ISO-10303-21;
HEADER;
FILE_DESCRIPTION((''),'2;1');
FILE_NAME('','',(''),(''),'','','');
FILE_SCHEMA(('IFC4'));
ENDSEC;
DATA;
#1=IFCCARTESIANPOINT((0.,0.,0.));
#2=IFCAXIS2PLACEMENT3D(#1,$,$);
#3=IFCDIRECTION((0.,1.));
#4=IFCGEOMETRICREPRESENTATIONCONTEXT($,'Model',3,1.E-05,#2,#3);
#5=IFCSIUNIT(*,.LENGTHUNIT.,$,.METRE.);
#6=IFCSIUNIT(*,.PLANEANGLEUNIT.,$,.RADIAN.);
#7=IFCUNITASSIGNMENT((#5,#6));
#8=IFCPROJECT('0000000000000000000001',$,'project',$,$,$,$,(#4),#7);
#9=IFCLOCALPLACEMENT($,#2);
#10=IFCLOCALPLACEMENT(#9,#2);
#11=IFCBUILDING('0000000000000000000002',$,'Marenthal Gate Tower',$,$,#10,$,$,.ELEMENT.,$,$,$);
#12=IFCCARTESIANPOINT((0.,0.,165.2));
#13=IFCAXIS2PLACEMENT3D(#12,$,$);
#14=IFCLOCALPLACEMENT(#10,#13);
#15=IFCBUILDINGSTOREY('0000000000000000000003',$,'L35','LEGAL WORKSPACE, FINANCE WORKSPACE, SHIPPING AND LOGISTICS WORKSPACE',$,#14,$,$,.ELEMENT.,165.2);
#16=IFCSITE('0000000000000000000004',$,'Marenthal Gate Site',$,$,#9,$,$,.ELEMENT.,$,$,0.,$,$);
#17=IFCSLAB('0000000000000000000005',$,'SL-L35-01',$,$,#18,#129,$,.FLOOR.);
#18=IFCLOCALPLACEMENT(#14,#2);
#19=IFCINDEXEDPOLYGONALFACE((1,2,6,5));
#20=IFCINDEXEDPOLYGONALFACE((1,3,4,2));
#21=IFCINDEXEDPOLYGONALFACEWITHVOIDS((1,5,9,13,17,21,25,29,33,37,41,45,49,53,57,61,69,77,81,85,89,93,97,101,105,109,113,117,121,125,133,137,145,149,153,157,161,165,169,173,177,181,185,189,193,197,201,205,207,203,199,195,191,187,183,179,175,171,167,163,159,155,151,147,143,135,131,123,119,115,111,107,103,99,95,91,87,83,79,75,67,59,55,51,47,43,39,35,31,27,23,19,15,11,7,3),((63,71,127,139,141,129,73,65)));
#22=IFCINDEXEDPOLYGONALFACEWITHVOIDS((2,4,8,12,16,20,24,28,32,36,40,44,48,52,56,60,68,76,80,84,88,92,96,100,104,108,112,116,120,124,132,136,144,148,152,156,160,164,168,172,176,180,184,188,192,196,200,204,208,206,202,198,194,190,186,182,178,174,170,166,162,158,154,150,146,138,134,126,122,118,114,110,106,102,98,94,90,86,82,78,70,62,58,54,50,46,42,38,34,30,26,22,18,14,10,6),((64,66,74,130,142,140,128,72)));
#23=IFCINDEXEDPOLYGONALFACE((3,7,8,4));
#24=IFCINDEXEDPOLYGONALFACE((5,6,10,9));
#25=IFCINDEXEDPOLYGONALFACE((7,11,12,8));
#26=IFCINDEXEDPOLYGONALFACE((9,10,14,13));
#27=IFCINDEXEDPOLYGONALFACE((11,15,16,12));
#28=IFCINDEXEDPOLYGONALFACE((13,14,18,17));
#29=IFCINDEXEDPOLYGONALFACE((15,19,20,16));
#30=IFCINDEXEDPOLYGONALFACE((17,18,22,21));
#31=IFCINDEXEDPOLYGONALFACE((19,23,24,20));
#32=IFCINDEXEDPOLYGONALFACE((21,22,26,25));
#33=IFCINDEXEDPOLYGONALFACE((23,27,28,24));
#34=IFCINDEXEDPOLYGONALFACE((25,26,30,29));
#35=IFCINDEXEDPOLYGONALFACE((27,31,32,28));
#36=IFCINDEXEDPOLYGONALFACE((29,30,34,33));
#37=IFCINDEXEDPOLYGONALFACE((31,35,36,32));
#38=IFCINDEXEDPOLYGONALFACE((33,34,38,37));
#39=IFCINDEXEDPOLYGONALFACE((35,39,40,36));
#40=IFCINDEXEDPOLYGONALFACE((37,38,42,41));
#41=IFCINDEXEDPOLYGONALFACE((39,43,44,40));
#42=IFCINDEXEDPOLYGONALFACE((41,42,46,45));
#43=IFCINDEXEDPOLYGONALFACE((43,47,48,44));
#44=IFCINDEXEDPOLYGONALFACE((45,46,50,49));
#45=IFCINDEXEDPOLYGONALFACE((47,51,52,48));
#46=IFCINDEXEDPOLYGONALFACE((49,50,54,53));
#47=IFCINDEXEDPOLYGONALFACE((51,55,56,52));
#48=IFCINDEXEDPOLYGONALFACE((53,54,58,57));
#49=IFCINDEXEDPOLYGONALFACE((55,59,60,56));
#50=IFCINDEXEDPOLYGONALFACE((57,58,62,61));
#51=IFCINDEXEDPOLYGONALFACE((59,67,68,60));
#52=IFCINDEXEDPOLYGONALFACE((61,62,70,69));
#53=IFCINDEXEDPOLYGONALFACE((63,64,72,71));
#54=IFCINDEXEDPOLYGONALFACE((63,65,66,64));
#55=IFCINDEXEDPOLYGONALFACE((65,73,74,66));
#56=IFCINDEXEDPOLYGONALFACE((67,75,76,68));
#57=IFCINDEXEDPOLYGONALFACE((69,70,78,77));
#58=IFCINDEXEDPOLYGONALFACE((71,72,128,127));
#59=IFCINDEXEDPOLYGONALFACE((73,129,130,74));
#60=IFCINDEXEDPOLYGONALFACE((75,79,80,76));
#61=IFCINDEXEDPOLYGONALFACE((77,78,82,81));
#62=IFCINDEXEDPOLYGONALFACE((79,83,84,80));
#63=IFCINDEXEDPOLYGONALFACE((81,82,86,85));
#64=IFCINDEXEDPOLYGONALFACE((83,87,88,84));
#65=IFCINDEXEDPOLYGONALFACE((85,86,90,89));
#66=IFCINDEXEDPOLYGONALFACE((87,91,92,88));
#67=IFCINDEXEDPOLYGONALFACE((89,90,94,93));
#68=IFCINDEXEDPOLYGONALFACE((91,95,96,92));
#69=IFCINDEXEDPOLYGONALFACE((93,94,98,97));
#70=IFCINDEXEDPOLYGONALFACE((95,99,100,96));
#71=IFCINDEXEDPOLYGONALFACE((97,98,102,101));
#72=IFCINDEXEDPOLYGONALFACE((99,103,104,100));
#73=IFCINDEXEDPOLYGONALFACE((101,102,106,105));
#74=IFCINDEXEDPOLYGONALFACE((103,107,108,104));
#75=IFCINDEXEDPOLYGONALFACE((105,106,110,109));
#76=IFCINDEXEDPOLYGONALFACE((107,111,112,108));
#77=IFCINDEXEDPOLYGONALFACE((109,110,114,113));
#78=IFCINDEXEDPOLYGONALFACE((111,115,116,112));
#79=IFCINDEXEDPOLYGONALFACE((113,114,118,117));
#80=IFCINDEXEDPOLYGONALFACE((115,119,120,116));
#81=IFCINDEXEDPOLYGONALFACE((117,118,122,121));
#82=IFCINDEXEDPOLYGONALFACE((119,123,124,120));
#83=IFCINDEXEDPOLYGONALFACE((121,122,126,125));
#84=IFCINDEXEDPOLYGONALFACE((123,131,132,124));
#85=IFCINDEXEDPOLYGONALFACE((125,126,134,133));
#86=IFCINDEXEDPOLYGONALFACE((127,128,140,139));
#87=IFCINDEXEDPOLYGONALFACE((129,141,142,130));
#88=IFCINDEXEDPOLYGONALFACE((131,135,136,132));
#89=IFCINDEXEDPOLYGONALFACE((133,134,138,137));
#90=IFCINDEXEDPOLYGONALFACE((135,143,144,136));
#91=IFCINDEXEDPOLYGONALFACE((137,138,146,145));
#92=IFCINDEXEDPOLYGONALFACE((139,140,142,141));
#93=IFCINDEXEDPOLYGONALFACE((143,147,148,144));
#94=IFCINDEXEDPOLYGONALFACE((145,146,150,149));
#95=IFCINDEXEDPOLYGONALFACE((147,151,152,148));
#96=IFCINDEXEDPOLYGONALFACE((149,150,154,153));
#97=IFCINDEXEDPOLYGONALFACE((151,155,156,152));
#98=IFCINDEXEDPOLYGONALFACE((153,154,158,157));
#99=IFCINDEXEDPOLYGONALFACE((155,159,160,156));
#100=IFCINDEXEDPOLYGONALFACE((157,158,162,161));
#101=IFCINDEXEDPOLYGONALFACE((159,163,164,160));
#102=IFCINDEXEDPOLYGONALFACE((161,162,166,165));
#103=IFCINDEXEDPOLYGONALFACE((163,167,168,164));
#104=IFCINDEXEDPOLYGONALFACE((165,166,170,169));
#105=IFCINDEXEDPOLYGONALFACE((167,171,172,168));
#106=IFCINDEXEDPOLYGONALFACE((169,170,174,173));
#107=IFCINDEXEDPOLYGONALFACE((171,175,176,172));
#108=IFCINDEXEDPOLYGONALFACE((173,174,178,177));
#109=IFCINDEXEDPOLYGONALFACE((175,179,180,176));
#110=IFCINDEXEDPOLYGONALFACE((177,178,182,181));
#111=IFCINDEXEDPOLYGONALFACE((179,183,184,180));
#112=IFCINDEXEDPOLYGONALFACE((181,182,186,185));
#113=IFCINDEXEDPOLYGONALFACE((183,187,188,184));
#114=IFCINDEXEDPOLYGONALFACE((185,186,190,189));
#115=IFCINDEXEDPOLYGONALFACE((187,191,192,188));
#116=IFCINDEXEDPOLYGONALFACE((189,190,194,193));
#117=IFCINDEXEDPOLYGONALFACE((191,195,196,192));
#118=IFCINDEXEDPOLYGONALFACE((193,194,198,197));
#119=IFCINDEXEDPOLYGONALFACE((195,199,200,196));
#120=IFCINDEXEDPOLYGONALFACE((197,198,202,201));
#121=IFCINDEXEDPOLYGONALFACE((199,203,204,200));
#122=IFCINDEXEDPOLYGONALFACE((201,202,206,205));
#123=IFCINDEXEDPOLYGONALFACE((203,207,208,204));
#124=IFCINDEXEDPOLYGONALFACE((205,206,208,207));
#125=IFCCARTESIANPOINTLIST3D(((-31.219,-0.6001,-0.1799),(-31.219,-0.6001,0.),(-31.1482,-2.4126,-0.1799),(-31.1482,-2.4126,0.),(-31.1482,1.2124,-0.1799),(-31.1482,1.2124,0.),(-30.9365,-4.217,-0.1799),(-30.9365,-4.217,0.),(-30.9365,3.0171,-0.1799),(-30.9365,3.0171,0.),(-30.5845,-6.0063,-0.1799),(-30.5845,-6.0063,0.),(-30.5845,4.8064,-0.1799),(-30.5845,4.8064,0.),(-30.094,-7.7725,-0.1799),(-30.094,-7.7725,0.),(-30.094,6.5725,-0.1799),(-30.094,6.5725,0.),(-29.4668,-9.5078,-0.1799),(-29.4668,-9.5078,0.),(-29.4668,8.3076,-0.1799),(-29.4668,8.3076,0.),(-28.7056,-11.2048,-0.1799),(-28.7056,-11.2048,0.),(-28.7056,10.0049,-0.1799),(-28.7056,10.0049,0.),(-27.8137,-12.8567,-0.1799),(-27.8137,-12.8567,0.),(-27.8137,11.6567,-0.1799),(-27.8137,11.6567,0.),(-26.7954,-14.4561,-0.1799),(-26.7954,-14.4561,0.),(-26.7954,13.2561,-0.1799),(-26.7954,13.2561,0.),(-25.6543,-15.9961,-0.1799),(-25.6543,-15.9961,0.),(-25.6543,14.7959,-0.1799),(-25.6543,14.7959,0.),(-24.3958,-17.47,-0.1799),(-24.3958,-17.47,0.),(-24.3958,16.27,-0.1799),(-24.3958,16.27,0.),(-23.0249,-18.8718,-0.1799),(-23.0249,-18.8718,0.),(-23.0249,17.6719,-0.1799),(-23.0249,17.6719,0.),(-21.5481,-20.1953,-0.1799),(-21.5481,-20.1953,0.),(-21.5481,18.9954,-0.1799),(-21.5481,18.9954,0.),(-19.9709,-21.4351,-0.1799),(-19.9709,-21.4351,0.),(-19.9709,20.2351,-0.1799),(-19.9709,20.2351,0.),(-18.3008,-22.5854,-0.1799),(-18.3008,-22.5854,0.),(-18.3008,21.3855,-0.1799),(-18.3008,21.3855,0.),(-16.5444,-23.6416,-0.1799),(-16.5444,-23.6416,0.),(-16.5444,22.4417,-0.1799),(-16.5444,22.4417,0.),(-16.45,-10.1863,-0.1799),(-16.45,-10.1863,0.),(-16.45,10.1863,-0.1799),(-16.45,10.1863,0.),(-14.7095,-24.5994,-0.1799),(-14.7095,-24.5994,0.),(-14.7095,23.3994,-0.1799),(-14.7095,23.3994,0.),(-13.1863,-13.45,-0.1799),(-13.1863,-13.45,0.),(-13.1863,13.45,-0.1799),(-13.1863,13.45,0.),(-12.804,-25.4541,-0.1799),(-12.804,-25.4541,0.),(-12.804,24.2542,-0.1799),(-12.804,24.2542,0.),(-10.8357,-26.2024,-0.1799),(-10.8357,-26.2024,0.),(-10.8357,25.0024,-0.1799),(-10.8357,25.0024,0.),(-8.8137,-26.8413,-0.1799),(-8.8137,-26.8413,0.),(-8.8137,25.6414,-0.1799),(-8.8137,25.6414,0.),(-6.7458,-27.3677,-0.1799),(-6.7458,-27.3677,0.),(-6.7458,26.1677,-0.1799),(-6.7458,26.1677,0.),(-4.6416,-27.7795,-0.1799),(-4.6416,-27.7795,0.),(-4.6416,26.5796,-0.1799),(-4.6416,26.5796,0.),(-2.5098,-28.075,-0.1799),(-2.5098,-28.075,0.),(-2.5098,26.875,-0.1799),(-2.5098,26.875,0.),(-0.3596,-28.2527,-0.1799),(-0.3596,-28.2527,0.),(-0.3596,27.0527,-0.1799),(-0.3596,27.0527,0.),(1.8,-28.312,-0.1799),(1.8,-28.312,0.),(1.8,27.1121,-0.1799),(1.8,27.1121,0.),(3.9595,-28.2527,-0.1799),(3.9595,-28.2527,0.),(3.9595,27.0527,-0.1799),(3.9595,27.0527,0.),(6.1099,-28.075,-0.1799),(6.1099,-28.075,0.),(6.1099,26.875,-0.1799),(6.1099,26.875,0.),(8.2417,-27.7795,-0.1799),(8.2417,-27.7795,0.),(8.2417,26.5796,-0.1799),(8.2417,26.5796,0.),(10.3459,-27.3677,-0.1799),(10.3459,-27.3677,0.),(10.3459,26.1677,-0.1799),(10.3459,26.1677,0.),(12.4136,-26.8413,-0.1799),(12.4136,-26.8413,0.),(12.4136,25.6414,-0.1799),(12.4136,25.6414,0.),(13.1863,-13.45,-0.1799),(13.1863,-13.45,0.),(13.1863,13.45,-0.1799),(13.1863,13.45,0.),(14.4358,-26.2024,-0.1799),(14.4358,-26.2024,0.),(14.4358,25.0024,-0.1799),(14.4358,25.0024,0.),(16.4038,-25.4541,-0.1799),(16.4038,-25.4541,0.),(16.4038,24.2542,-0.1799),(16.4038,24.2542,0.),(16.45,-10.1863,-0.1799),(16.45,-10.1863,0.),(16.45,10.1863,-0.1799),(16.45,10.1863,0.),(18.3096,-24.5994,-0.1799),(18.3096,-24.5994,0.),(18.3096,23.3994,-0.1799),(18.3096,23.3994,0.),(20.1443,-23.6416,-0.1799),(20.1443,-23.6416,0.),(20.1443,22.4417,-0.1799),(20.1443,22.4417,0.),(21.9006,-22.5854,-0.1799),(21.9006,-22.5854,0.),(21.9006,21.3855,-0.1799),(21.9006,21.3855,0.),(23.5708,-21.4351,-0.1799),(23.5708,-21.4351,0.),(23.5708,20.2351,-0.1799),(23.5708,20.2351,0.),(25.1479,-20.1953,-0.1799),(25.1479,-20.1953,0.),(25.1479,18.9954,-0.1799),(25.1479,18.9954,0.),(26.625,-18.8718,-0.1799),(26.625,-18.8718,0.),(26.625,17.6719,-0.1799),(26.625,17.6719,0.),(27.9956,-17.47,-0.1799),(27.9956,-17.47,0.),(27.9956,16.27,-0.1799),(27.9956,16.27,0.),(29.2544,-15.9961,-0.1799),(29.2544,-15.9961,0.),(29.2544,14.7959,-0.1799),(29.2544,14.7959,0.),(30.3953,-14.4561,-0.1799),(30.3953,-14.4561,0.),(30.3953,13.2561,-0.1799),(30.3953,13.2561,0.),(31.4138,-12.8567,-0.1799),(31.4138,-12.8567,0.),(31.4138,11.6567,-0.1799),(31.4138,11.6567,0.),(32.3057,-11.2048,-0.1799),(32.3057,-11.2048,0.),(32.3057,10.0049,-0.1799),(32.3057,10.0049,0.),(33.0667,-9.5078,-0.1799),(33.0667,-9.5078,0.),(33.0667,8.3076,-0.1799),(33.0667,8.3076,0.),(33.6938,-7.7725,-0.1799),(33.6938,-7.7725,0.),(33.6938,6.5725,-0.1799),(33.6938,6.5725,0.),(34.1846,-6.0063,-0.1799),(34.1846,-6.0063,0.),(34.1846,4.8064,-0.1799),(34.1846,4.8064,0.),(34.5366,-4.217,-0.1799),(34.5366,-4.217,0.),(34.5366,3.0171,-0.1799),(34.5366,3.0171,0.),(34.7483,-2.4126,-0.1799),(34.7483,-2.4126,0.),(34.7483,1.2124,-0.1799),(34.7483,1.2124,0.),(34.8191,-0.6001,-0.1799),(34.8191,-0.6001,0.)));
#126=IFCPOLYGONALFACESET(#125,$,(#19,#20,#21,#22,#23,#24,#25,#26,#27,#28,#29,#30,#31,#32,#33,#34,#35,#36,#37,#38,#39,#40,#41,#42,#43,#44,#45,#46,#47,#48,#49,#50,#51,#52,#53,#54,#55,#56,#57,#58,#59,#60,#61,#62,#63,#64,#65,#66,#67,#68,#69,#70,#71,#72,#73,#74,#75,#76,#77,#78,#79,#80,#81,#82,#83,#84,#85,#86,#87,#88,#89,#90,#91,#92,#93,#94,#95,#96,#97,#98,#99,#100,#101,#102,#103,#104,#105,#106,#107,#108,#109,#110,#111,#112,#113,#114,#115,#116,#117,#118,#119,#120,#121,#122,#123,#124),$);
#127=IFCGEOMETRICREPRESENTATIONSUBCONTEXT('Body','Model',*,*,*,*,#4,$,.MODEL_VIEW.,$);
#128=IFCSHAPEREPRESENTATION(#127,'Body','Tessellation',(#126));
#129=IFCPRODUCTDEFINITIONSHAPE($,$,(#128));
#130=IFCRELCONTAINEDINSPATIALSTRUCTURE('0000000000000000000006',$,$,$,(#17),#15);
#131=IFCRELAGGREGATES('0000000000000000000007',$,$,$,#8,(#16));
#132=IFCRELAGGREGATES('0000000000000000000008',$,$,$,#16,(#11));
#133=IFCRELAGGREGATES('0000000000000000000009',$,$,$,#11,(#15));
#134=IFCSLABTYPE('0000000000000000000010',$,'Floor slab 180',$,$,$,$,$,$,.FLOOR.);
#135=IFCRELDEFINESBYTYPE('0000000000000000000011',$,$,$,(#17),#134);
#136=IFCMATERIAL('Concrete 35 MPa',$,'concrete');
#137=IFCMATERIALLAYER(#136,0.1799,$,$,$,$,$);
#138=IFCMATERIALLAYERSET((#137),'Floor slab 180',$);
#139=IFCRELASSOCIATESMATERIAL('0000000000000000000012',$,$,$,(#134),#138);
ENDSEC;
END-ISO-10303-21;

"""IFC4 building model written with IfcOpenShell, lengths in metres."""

from ifc_helpers import new_model, si_unit, direction, frame, origin, place, context, subcontext, project, spatial, polyline, outline, extrude, material, layer, layer_set, type_object, element, save


model = new_model("IFC4")

# Units and contexts
model_context = context("Model", 3, precision=1e-05, world=origin(), true_north=direction((0.0, 1.0)))
body_context = subcontext(model_context, "Body", "Model", "MODEL_VIEW")
ifc_project = project(units=[si_unit("LENGTHUNIT", "METRE"), si_unit("PLANEANGLEUNIT", "RADIAN")], contexts=[model_context])

# Site, building, storey
site_placement = place(None, origin())
site = spatial("IfcSite", under=ifc_project, at=site_placement, Name="Marenthal Gate Site", CompositionType="ELEMENT", RefElevation=0.0)
building_placement = place(site_placement, origin())
building = spatial("IfcBuilding", under=site, at=building_placement, Name="Marenthal Gate Tower", CompositionType="ELEMENT")
storey_placement = place(building_placement, frame((0.0, 0.0, 165.2)))
storey = spatial("IfcBuildingStorey", under=building, at=storey_placement, Name="L35", Description="LEGAL WORKSPACE, FINANCE WORKSPACE, SHIPPING AND LOGISTICS WORKSPACE", CompositionType="ELEMENT", Elevation=165.2)

# Slab
ifc_material_1 = material(Name="Concrete 35 MPa", Category="concrete")
ifc_layer_1 = layer(ifc_material_1, 0.1799)
ifc_layer_set_1 = layer_set([ifc_layer_1], Name="Floor slab 180")
slab_type_1 = type_object("IfcSlabType", Name="Floor slab 180", PredefinedType="FLOOR", material=ifc_layer_set_1)
slab_1_placement = place(storey_placement, frame((0.0, 0.0, -0.1799)))
element("IfcSlab", 1, at=slab_1_placement, inside=storey, type_object=slab_type_1, Name="SL-L35-01", PredefinedType="FLOOR", context=body_context, shape_type="SweptSolid", body=[
    extrude(outline(polyline([(34.8191, -0.6001), (34.7483, 1.2124), (34.5366, 3.0171), (34.1846, 4.8064), (33.6938, 6.5725), (33.0667, 8.3076), (32.3057, 10.0049), (31.4138, 11.6567), (30.3953, 13.2561), (29.2544, 14.7959), (27.9956, 16.27), (26.625, 17.6719), (25.1479, 18.9954), (23.5708, 20.2351), (21.9006, 21.3855), (20.1443, 22.4417), (18.3096, 23.3994), (16.4038, 24.2542), (14.4358, 25.0024), (12.4136, 25.6414), (10.3459, 26.1677), (8.2417, 26.5796), (6.1099, 26.875), (3.9595, 27.0527), (1.8, 27.1121), (-0.3596, 27.0527), (-2.5098, 26.875), (-4.6416, 26.5796), (-6.7458, 26.1677), (-8.8137, 25.6414), (-10.8357, 25.0024), (-12.804, 24.2542), (-14.7095, 23.3994), (-16.5444, 22.4417), (-18.3008, 21.3855), (-19.9709, 20.2351), (-21.5481, 18.9954), (-23.0249, 17.6719), (-24.3958, 16.27), (-25.6543, 14.7959), (-26.7954, 13.2561), (-27.8137, 11.6567), (-28.7056, 10.0049), (-29.4668, 8.3076), (-30.094, 6.5725), (-30.5845, 4.8064), (-30.9365, 3.0171), (-31.1482, 1.2124), (-31.219, -0.6001), (-31.1482, -2.4126), (-30.9365, -4.217), (-30.5845, -6.0063), (-30.094, -7.7725), (-29.4668, -9.5078), (-28.7056, -11.2048), (-27.8137, -12.8567), (-26.7954, -14.4561), (-25.6543, -15.9961), (-24.3958, -17.47), (-23.0249, -18.8718), (-21.5481, -20.1953), (-19.9709, -21.4351), (-18.3008, -22.5854), (-16.5444, -23.6416), (-14.7095, -24.5994), (-12.804, -25.4541), (-10.8357, -26.2024), (-8.8137, -26.8413), (-6.7458, -27.3677), (-4.6416, -27.7795), (-2.5098, -28.075), (-0.3596, -28.2527), (1.8, -28.312), (3.9595, -28.2527), (6.1099, -28.075), (8.2417, -27.7795), (10.3459, -27.3677), (12.4136, -26.8413), (14.4358, -26.2024), (16.4038, -25.4541), (18.3096, -24.5994), (20.1443, -23.6416), (21.9006, -22.5854), (23.5708, -21.4351), (25.1479, -20.1953), (26.625, -18.8718), (27.9956, -17.47), (29.2544, -15.9961), (30.3953, -14.4561), (31.4138, -12.8567), (32.3057, -11.2048), (33.0667, -9.5078), (33.6938, -7.7725), (34.1846, -6.0063), (34.5366, -4.217), (34.7483, -2.4126), (34.8191, -0.6001)]), holes=[polyline([(13.1863, -13.45), (16.45, -10.1863), (16.45, 10.1863), (13.1863, 13.45), (-13.1863, 13.45), (-16.45, 10.1863), (-16.45, -10.1863), (-13.1863, -13.45), (13.1863, -13.45)])]), origin(), (0.0, 0.0, 1.0), 0.1799),
])

save(model, "model.ifc")
